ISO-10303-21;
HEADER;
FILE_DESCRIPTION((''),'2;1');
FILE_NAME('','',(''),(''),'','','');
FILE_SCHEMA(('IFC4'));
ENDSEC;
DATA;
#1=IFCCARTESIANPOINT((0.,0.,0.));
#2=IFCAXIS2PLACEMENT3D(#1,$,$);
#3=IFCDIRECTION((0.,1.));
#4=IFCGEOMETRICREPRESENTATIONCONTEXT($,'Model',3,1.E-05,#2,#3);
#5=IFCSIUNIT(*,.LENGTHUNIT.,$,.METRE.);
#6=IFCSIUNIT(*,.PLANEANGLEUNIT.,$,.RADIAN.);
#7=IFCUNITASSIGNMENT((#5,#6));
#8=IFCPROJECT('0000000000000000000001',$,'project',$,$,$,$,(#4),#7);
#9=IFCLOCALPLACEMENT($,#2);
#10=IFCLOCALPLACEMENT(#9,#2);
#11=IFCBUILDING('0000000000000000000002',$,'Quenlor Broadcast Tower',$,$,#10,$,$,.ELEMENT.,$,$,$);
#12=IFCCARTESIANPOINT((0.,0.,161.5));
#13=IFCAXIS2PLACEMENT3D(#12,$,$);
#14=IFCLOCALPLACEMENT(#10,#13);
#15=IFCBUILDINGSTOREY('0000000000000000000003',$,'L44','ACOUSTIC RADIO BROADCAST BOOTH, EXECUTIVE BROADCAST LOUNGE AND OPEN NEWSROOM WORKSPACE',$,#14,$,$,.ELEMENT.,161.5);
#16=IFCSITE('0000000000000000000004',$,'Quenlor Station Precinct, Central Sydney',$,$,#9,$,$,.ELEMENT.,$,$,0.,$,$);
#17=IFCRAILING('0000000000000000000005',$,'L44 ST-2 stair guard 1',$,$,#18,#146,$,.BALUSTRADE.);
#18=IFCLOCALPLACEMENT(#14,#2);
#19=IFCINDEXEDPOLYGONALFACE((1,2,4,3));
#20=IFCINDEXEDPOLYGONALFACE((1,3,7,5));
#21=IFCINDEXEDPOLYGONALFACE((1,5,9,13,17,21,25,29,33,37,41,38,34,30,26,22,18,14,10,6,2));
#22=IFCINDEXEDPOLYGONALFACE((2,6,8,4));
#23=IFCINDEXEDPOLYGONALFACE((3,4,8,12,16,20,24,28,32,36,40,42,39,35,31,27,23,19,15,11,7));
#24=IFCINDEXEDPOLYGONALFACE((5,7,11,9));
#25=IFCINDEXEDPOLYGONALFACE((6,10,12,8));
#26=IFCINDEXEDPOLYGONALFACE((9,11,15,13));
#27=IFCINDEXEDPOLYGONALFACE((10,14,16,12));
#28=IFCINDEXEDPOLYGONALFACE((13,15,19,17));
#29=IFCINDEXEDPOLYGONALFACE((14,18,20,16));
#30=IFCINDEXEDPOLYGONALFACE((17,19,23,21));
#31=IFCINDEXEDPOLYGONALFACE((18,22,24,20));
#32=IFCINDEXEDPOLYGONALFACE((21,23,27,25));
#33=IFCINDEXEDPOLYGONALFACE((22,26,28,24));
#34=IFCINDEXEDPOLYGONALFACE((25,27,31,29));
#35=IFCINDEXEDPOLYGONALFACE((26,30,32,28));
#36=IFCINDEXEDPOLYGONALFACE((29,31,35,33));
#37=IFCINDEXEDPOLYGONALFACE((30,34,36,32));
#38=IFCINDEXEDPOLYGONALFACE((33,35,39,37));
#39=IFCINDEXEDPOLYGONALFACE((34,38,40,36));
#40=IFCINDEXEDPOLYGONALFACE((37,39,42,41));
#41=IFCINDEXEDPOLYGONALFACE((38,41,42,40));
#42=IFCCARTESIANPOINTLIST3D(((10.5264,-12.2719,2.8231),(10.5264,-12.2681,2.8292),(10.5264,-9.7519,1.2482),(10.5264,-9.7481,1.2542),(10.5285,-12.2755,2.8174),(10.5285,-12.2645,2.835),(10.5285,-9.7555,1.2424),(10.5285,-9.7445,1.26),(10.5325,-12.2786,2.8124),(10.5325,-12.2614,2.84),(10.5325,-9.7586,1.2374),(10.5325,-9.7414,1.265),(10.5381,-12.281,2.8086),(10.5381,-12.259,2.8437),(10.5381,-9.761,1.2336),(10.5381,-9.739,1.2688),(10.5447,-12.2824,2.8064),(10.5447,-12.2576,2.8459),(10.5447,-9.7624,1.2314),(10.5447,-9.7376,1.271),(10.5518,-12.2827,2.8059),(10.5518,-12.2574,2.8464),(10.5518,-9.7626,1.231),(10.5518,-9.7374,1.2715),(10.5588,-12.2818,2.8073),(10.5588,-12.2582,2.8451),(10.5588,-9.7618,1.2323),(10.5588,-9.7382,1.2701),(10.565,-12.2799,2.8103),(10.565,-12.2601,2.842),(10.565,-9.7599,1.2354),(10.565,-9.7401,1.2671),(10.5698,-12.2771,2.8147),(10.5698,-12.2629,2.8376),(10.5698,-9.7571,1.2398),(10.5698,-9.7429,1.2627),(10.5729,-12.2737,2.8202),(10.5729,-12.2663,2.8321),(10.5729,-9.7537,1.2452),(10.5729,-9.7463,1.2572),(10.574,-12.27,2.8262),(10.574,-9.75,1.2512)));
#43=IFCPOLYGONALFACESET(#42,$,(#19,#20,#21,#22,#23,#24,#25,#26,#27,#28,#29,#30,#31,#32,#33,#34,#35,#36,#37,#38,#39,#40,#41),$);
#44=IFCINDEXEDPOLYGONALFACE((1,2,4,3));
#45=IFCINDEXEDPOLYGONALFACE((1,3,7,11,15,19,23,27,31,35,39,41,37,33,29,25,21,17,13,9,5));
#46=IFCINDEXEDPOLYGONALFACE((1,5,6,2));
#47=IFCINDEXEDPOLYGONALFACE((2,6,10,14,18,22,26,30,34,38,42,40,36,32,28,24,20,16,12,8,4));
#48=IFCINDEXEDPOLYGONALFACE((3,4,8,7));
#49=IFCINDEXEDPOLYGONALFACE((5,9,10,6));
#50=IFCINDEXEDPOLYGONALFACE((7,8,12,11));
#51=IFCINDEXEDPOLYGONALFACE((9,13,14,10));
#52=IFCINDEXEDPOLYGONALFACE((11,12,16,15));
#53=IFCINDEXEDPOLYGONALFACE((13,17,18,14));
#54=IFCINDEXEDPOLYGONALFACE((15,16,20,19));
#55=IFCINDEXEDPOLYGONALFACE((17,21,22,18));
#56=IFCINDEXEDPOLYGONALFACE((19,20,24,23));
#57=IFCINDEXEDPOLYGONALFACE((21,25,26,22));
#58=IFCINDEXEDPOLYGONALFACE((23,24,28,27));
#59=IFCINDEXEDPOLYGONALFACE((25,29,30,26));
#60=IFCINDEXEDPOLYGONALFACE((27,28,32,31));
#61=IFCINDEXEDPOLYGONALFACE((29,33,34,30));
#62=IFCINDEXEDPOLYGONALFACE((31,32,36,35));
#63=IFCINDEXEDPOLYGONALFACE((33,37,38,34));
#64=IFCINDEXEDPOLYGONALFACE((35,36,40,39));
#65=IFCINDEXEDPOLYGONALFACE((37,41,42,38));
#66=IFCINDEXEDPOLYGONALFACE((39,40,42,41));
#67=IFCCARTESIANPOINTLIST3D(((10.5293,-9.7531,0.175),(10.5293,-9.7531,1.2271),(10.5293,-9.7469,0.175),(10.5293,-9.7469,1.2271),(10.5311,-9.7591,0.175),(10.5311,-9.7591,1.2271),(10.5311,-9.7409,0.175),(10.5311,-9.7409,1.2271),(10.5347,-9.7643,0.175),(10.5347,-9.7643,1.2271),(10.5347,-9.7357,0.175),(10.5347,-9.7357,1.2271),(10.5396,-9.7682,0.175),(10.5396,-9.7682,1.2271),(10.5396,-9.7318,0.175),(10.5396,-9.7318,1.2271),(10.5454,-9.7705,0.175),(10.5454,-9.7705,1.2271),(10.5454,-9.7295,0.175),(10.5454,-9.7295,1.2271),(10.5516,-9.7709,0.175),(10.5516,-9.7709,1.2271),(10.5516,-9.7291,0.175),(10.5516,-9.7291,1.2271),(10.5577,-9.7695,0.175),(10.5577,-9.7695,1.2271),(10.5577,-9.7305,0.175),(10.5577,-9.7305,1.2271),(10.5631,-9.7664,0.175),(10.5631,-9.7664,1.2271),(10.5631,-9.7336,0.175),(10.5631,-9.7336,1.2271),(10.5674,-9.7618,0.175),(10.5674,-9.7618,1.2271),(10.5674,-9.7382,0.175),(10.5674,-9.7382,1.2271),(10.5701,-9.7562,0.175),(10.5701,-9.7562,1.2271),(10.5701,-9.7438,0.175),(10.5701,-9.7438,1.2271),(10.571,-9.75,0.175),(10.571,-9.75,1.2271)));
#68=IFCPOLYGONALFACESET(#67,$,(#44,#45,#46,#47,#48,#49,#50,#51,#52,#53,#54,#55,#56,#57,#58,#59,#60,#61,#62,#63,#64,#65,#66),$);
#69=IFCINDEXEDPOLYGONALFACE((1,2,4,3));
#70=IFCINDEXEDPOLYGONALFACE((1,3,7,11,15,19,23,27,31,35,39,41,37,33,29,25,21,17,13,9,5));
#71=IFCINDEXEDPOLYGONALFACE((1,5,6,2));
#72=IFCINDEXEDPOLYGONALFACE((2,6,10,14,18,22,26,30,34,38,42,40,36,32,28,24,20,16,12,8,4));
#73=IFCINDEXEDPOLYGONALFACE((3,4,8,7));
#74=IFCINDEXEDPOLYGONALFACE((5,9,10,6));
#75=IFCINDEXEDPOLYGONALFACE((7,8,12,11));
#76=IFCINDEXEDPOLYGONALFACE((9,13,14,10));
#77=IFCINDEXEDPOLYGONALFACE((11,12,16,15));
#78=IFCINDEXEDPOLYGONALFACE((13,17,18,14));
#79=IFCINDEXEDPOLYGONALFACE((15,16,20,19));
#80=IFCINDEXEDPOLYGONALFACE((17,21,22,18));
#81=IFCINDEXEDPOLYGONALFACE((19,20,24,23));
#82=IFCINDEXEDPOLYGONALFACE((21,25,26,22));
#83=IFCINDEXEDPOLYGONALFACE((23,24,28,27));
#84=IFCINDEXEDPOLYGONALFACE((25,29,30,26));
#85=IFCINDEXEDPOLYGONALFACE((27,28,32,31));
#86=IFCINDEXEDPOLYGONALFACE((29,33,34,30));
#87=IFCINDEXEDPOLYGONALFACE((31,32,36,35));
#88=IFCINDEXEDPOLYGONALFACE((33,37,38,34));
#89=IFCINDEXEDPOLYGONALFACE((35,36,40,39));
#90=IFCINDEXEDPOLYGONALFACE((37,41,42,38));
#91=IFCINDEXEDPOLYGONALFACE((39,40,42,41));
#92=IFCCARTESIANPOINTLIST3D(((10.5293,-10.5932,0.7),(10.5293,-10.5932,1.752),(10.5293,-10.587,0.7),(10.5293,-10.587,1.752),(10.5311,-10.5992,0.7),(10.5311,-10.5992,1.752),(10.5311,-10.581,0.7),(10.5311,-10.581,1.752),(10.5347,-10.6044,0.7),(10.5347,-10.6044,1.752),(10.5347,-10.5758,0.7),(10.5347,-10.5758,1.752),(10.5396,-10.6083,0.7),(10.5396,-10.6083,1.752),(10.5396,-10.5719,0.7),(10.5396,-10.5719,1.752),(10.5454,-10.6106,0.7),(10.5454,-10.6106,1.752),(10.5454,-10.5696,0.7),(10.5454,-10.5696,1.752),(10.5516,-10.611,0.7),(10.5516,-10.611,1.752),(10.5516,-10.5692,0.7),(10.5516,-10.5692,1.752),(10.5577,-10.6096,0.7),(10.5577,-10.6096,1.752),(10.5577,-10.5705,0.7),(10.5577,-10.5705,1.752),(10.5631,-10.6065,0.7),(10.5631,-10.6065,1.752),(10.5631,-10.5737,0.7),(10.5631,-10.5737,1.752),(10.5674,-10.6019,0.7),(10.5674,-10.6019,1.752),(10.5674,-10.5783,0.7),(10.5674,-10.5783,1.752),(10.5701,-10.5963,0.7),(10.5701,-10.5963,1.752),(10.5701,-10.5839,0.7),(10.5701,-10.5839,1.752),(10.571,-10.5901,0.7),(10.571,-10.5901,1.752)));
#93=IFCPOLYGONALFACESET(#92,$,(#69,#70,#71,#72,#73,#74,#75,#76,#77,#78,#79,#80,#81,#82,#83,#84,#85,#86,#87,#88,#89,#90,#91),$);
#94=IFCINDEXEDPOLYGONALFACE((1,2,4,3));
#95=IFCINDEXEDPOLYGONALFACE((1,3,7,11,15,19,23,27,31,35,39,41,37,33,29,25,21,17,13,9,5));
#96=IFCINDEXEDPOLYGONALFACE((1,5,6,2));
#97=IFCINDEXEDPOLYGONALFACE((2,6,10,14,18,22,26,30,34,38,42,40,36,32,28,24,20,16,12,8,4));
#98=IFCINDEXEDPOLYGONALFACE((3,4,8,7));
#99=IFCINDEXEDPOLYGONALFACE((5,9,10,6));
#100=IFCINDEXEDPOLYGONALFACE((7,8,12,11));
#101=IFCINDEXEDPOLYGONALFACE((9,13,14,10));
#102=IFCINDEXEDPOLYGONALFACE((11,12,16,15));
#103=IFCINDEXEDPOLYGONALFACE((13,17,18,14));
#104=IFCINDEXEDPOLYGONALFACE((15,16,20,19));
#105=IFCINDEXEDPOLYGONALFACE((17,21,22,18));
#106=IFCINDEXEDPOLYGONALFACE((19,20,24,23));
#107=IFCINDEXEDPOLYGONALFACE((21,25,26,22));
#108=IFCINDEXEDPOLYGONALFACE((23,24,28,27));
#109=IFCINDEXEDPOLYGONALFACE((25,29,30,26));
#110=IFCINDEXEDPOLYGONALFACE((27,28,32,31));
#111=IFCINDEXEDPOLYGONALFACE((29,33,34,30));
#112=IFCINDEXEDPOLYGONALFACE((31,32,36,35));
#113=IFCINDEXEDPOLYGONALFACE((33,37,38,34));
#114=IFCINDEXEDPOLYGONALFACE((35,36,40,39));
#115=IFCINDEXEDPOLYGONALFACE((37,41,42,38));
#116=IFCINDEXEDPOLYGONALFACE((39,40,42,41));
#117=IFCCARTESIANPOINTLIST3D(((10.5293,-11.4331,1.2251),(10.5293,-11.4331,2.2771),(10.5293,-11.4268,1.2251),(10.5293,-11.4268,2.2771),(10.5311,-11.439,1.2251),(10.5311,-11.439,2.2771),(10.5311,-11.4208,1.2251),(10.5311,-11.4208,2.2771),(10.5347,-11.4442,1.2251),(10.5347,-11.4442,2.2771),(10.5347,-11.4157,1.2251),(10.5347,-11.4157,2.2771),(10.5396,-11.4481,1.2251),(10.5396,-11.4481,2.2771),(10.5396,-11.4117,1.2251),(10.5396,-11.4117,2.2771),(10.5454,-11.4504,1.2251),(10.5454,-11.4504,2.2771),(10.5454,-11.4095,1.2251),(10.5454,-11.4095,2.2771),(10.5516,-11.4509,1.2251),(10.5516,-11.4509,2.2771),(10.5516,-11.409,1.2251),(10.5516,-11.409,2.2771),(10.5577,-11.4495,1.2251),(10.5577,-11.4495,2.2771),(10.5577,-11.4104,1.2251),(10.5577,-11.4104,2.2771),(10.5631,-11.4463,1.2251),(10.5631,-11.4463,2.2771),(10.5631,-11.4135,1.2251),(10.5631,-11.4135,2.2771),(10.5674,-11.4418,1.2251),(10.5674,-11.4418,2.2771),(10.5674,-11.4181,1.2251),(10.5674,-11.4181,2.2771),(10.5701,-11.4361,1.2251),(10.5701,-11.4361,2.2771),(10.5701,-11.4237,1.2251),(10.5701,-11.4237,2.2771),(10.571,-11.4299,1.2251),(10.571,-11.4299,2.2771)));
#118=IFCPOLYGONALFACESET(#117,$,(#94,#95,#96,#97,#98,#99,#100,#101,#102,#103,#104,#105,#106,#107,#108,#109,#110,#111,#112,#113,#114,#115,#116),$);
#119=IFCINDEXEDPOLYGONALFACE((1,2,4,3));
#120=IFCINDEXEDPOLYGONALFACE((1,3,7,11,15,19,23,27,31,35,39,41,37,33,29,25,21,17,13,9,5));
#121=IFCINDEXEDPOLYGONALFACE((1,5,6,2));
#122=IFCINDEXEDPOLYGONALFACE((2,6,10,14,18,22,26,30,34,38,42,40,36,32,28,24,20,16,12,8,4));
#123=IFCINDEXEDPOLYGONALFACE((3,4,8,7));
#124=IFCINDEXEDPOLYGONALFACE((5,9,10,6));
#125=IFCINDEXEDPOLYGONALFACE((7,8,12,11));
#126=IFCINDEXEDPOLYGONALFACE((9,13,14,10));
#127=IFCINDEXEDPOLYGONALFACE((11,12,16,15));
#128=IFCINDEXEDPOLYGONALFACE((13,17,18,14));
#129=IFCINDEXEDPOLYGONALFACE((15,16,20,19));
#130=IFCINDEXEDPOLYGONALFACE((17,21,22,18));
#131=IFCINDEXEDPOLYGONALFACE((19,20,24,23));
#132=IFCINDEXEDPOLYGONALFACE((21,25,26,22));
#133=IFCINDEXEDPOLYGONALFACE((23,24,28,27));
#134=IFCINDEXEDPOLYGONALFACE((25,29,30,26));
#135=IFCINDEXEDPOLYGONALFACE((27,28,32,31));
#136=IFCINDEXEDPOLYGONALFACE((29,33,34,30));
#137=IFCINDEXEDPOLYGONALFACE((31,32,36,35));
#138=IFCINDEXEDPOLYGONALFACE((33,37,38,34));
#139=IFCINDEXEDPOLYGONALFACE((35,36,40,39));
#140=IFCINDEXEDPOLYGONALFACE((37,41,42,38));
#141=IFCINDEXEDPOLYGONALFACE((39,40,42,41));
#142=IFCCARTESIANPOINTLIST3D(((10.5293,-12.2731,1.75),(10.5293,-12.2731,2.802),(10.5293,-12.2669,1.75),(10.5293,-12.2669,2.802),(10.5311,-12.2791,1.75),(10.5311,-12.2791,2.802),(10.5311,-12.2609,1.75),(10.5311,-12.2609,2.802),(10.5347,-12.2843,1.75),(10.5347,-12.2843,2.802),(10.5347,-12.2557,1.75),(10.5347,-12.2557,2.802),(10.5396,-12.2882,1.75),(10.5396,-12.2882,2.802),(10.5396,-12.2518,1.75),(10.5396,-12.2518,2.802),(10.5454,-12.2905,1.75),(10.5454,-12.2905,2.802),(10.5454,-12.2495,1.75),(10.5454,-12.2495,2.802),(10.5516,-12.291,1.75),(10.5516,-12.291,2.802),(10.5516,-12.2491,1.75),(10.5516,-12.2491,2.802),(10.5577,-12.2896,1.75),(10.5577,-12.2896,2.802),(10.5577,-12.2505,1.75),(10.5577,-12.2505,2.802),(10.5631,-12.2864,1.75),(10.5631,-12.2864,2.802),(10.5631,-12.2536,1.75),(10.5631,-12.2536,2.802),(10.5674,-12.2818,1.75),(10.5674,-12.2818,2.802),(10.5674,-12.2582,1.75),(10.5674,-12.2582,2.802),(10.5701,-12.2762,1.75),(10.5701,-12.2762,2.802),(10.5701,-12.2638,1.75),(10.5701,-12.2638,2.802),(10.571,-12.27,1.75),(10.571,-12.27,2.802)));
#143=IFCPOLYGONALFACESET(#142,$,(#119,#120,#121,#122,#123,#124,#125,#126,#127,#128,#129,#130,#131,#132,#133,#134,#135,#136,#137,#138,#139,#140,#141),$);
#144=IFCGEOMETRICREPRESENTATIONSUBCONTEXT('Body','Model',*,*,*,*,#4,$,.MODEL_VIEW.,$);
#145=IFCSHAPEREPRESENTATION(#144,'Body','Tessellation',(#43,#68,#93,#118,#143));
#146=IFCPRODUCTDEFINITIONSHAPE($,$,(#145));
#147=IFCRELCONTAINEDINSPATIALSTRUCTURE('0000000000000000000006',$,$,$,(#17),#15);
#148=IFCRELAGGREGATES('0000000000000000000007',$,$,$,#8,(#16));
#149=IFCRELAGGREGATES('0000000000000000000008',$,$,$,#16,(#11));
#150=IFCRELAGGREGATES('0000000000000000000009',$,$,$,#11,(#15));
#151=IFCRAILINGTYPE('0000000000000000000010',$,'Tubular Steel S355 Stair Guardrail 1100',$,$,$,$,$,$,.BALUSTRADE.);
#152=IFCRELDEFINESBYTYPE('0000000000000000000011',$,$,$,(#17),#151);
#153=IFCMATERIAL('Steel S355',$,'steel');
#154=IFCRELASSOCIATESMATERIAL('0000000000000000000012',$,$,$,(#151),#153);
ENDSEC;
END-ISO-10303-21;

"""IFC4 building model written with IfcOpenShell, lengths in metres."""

from ifc_helpers import new_model, si_unit, direction, frame, origin, origin_2d, place, context, subcontext, project, spatial, circle, extrude, material, type_object, element, save


model = new_model("IFC4")

# Units and contexts
model_context = context("Model", 3, precision=1e-05, world=origin(), true_north=direction((0.0, 1.0)))
body_context = subcontext(model_context, "Body", "Model", "MODEL_VIEW")
ifc_project = project(units=[si_unit("LENGTHUNIT", "METRE"), si_unit("PLANEANGLEUNIT", "RADIAN")], contexts=[model_context])

# Site, building, storey
site_placement = place(None, origin())
site = spatial("IfcSite", under=ifc_project, at=site_placement, Name="Quenlor Station Precinct, Central Sydney", CompositionType="ELEMENT", RefElevation=0.0)
building_placement = place(site_placement, origin())
building = spatial("IfcBuilding", under=site, at=building_placement, Name="Quenlor Broadcast Tower", CompositionType="ELEMENT")
storey_placement = place(building_placement, frame((0.0, 0.0, 161.5)))
storey = spatial("IfcBuildingStorey", under=building, at=storey_placement, Name="L44", Description="ACOUSTIC RADIO BROADCAST BOOTH, EXECUTIVE BROADCAST LOUNGE AND OPEN NEWSROOM WORKSPACE", CompositionType="ELEMENT", Elevation=161.5)

# Railing
ifc_material_1 = material(Name="Steel S355", Category="steel")
railing_type_1 = type_object("IfcRailingType", Name="Tubular Steel S355 Stair Guardrail 1100", PredefinedType="BALUSTRADE", material=ifc_material_1)
railing_1_placement = place(storey_placement, frame((10.55, -9.75, 0.175)))
element("IfcRailing", 1, at=railing_1_placement, inside=storey, type_object=railing_type_1, Name="L44 ST-2 stair guard 1", PredefinedType="BALUSTRADE", context=body_context, shape_type="SweptSolid", body=[
    extrude(circle(Radius=0.0239, at=origin_2d()), frame((0.0, 0.0, 1.0762), z_axis=(0.0, -0.848008, 0.529984), x_axis=(1.0, 0.0, 0.0)), (0.0, 0.0, 1.0), 2.9717),
    extrude(circle(Radius=0.021, at=origin_2d()), origin(), (0.0, 0.0, 1.0), 1.052),
    extrude(circle(Radius=0.021, at=origin_2d()), frame((0.0, -0.8401, 0.5249)), (0.0, 0.0, 1.0), 1.052),
    extrude(circle(Radius=0.021, at=origin_2d()), frame((0.0, -1.6799, 1.05)), (0.0, 0.0, 1.0), 1.052),
    extrude(circle(Radius=0.021, at=origin_2d()), frame((0.0, -2.52, 1.575)), (0.0, 0.0, 1.0), 1.052),
])

save(model, "model.ifc")
